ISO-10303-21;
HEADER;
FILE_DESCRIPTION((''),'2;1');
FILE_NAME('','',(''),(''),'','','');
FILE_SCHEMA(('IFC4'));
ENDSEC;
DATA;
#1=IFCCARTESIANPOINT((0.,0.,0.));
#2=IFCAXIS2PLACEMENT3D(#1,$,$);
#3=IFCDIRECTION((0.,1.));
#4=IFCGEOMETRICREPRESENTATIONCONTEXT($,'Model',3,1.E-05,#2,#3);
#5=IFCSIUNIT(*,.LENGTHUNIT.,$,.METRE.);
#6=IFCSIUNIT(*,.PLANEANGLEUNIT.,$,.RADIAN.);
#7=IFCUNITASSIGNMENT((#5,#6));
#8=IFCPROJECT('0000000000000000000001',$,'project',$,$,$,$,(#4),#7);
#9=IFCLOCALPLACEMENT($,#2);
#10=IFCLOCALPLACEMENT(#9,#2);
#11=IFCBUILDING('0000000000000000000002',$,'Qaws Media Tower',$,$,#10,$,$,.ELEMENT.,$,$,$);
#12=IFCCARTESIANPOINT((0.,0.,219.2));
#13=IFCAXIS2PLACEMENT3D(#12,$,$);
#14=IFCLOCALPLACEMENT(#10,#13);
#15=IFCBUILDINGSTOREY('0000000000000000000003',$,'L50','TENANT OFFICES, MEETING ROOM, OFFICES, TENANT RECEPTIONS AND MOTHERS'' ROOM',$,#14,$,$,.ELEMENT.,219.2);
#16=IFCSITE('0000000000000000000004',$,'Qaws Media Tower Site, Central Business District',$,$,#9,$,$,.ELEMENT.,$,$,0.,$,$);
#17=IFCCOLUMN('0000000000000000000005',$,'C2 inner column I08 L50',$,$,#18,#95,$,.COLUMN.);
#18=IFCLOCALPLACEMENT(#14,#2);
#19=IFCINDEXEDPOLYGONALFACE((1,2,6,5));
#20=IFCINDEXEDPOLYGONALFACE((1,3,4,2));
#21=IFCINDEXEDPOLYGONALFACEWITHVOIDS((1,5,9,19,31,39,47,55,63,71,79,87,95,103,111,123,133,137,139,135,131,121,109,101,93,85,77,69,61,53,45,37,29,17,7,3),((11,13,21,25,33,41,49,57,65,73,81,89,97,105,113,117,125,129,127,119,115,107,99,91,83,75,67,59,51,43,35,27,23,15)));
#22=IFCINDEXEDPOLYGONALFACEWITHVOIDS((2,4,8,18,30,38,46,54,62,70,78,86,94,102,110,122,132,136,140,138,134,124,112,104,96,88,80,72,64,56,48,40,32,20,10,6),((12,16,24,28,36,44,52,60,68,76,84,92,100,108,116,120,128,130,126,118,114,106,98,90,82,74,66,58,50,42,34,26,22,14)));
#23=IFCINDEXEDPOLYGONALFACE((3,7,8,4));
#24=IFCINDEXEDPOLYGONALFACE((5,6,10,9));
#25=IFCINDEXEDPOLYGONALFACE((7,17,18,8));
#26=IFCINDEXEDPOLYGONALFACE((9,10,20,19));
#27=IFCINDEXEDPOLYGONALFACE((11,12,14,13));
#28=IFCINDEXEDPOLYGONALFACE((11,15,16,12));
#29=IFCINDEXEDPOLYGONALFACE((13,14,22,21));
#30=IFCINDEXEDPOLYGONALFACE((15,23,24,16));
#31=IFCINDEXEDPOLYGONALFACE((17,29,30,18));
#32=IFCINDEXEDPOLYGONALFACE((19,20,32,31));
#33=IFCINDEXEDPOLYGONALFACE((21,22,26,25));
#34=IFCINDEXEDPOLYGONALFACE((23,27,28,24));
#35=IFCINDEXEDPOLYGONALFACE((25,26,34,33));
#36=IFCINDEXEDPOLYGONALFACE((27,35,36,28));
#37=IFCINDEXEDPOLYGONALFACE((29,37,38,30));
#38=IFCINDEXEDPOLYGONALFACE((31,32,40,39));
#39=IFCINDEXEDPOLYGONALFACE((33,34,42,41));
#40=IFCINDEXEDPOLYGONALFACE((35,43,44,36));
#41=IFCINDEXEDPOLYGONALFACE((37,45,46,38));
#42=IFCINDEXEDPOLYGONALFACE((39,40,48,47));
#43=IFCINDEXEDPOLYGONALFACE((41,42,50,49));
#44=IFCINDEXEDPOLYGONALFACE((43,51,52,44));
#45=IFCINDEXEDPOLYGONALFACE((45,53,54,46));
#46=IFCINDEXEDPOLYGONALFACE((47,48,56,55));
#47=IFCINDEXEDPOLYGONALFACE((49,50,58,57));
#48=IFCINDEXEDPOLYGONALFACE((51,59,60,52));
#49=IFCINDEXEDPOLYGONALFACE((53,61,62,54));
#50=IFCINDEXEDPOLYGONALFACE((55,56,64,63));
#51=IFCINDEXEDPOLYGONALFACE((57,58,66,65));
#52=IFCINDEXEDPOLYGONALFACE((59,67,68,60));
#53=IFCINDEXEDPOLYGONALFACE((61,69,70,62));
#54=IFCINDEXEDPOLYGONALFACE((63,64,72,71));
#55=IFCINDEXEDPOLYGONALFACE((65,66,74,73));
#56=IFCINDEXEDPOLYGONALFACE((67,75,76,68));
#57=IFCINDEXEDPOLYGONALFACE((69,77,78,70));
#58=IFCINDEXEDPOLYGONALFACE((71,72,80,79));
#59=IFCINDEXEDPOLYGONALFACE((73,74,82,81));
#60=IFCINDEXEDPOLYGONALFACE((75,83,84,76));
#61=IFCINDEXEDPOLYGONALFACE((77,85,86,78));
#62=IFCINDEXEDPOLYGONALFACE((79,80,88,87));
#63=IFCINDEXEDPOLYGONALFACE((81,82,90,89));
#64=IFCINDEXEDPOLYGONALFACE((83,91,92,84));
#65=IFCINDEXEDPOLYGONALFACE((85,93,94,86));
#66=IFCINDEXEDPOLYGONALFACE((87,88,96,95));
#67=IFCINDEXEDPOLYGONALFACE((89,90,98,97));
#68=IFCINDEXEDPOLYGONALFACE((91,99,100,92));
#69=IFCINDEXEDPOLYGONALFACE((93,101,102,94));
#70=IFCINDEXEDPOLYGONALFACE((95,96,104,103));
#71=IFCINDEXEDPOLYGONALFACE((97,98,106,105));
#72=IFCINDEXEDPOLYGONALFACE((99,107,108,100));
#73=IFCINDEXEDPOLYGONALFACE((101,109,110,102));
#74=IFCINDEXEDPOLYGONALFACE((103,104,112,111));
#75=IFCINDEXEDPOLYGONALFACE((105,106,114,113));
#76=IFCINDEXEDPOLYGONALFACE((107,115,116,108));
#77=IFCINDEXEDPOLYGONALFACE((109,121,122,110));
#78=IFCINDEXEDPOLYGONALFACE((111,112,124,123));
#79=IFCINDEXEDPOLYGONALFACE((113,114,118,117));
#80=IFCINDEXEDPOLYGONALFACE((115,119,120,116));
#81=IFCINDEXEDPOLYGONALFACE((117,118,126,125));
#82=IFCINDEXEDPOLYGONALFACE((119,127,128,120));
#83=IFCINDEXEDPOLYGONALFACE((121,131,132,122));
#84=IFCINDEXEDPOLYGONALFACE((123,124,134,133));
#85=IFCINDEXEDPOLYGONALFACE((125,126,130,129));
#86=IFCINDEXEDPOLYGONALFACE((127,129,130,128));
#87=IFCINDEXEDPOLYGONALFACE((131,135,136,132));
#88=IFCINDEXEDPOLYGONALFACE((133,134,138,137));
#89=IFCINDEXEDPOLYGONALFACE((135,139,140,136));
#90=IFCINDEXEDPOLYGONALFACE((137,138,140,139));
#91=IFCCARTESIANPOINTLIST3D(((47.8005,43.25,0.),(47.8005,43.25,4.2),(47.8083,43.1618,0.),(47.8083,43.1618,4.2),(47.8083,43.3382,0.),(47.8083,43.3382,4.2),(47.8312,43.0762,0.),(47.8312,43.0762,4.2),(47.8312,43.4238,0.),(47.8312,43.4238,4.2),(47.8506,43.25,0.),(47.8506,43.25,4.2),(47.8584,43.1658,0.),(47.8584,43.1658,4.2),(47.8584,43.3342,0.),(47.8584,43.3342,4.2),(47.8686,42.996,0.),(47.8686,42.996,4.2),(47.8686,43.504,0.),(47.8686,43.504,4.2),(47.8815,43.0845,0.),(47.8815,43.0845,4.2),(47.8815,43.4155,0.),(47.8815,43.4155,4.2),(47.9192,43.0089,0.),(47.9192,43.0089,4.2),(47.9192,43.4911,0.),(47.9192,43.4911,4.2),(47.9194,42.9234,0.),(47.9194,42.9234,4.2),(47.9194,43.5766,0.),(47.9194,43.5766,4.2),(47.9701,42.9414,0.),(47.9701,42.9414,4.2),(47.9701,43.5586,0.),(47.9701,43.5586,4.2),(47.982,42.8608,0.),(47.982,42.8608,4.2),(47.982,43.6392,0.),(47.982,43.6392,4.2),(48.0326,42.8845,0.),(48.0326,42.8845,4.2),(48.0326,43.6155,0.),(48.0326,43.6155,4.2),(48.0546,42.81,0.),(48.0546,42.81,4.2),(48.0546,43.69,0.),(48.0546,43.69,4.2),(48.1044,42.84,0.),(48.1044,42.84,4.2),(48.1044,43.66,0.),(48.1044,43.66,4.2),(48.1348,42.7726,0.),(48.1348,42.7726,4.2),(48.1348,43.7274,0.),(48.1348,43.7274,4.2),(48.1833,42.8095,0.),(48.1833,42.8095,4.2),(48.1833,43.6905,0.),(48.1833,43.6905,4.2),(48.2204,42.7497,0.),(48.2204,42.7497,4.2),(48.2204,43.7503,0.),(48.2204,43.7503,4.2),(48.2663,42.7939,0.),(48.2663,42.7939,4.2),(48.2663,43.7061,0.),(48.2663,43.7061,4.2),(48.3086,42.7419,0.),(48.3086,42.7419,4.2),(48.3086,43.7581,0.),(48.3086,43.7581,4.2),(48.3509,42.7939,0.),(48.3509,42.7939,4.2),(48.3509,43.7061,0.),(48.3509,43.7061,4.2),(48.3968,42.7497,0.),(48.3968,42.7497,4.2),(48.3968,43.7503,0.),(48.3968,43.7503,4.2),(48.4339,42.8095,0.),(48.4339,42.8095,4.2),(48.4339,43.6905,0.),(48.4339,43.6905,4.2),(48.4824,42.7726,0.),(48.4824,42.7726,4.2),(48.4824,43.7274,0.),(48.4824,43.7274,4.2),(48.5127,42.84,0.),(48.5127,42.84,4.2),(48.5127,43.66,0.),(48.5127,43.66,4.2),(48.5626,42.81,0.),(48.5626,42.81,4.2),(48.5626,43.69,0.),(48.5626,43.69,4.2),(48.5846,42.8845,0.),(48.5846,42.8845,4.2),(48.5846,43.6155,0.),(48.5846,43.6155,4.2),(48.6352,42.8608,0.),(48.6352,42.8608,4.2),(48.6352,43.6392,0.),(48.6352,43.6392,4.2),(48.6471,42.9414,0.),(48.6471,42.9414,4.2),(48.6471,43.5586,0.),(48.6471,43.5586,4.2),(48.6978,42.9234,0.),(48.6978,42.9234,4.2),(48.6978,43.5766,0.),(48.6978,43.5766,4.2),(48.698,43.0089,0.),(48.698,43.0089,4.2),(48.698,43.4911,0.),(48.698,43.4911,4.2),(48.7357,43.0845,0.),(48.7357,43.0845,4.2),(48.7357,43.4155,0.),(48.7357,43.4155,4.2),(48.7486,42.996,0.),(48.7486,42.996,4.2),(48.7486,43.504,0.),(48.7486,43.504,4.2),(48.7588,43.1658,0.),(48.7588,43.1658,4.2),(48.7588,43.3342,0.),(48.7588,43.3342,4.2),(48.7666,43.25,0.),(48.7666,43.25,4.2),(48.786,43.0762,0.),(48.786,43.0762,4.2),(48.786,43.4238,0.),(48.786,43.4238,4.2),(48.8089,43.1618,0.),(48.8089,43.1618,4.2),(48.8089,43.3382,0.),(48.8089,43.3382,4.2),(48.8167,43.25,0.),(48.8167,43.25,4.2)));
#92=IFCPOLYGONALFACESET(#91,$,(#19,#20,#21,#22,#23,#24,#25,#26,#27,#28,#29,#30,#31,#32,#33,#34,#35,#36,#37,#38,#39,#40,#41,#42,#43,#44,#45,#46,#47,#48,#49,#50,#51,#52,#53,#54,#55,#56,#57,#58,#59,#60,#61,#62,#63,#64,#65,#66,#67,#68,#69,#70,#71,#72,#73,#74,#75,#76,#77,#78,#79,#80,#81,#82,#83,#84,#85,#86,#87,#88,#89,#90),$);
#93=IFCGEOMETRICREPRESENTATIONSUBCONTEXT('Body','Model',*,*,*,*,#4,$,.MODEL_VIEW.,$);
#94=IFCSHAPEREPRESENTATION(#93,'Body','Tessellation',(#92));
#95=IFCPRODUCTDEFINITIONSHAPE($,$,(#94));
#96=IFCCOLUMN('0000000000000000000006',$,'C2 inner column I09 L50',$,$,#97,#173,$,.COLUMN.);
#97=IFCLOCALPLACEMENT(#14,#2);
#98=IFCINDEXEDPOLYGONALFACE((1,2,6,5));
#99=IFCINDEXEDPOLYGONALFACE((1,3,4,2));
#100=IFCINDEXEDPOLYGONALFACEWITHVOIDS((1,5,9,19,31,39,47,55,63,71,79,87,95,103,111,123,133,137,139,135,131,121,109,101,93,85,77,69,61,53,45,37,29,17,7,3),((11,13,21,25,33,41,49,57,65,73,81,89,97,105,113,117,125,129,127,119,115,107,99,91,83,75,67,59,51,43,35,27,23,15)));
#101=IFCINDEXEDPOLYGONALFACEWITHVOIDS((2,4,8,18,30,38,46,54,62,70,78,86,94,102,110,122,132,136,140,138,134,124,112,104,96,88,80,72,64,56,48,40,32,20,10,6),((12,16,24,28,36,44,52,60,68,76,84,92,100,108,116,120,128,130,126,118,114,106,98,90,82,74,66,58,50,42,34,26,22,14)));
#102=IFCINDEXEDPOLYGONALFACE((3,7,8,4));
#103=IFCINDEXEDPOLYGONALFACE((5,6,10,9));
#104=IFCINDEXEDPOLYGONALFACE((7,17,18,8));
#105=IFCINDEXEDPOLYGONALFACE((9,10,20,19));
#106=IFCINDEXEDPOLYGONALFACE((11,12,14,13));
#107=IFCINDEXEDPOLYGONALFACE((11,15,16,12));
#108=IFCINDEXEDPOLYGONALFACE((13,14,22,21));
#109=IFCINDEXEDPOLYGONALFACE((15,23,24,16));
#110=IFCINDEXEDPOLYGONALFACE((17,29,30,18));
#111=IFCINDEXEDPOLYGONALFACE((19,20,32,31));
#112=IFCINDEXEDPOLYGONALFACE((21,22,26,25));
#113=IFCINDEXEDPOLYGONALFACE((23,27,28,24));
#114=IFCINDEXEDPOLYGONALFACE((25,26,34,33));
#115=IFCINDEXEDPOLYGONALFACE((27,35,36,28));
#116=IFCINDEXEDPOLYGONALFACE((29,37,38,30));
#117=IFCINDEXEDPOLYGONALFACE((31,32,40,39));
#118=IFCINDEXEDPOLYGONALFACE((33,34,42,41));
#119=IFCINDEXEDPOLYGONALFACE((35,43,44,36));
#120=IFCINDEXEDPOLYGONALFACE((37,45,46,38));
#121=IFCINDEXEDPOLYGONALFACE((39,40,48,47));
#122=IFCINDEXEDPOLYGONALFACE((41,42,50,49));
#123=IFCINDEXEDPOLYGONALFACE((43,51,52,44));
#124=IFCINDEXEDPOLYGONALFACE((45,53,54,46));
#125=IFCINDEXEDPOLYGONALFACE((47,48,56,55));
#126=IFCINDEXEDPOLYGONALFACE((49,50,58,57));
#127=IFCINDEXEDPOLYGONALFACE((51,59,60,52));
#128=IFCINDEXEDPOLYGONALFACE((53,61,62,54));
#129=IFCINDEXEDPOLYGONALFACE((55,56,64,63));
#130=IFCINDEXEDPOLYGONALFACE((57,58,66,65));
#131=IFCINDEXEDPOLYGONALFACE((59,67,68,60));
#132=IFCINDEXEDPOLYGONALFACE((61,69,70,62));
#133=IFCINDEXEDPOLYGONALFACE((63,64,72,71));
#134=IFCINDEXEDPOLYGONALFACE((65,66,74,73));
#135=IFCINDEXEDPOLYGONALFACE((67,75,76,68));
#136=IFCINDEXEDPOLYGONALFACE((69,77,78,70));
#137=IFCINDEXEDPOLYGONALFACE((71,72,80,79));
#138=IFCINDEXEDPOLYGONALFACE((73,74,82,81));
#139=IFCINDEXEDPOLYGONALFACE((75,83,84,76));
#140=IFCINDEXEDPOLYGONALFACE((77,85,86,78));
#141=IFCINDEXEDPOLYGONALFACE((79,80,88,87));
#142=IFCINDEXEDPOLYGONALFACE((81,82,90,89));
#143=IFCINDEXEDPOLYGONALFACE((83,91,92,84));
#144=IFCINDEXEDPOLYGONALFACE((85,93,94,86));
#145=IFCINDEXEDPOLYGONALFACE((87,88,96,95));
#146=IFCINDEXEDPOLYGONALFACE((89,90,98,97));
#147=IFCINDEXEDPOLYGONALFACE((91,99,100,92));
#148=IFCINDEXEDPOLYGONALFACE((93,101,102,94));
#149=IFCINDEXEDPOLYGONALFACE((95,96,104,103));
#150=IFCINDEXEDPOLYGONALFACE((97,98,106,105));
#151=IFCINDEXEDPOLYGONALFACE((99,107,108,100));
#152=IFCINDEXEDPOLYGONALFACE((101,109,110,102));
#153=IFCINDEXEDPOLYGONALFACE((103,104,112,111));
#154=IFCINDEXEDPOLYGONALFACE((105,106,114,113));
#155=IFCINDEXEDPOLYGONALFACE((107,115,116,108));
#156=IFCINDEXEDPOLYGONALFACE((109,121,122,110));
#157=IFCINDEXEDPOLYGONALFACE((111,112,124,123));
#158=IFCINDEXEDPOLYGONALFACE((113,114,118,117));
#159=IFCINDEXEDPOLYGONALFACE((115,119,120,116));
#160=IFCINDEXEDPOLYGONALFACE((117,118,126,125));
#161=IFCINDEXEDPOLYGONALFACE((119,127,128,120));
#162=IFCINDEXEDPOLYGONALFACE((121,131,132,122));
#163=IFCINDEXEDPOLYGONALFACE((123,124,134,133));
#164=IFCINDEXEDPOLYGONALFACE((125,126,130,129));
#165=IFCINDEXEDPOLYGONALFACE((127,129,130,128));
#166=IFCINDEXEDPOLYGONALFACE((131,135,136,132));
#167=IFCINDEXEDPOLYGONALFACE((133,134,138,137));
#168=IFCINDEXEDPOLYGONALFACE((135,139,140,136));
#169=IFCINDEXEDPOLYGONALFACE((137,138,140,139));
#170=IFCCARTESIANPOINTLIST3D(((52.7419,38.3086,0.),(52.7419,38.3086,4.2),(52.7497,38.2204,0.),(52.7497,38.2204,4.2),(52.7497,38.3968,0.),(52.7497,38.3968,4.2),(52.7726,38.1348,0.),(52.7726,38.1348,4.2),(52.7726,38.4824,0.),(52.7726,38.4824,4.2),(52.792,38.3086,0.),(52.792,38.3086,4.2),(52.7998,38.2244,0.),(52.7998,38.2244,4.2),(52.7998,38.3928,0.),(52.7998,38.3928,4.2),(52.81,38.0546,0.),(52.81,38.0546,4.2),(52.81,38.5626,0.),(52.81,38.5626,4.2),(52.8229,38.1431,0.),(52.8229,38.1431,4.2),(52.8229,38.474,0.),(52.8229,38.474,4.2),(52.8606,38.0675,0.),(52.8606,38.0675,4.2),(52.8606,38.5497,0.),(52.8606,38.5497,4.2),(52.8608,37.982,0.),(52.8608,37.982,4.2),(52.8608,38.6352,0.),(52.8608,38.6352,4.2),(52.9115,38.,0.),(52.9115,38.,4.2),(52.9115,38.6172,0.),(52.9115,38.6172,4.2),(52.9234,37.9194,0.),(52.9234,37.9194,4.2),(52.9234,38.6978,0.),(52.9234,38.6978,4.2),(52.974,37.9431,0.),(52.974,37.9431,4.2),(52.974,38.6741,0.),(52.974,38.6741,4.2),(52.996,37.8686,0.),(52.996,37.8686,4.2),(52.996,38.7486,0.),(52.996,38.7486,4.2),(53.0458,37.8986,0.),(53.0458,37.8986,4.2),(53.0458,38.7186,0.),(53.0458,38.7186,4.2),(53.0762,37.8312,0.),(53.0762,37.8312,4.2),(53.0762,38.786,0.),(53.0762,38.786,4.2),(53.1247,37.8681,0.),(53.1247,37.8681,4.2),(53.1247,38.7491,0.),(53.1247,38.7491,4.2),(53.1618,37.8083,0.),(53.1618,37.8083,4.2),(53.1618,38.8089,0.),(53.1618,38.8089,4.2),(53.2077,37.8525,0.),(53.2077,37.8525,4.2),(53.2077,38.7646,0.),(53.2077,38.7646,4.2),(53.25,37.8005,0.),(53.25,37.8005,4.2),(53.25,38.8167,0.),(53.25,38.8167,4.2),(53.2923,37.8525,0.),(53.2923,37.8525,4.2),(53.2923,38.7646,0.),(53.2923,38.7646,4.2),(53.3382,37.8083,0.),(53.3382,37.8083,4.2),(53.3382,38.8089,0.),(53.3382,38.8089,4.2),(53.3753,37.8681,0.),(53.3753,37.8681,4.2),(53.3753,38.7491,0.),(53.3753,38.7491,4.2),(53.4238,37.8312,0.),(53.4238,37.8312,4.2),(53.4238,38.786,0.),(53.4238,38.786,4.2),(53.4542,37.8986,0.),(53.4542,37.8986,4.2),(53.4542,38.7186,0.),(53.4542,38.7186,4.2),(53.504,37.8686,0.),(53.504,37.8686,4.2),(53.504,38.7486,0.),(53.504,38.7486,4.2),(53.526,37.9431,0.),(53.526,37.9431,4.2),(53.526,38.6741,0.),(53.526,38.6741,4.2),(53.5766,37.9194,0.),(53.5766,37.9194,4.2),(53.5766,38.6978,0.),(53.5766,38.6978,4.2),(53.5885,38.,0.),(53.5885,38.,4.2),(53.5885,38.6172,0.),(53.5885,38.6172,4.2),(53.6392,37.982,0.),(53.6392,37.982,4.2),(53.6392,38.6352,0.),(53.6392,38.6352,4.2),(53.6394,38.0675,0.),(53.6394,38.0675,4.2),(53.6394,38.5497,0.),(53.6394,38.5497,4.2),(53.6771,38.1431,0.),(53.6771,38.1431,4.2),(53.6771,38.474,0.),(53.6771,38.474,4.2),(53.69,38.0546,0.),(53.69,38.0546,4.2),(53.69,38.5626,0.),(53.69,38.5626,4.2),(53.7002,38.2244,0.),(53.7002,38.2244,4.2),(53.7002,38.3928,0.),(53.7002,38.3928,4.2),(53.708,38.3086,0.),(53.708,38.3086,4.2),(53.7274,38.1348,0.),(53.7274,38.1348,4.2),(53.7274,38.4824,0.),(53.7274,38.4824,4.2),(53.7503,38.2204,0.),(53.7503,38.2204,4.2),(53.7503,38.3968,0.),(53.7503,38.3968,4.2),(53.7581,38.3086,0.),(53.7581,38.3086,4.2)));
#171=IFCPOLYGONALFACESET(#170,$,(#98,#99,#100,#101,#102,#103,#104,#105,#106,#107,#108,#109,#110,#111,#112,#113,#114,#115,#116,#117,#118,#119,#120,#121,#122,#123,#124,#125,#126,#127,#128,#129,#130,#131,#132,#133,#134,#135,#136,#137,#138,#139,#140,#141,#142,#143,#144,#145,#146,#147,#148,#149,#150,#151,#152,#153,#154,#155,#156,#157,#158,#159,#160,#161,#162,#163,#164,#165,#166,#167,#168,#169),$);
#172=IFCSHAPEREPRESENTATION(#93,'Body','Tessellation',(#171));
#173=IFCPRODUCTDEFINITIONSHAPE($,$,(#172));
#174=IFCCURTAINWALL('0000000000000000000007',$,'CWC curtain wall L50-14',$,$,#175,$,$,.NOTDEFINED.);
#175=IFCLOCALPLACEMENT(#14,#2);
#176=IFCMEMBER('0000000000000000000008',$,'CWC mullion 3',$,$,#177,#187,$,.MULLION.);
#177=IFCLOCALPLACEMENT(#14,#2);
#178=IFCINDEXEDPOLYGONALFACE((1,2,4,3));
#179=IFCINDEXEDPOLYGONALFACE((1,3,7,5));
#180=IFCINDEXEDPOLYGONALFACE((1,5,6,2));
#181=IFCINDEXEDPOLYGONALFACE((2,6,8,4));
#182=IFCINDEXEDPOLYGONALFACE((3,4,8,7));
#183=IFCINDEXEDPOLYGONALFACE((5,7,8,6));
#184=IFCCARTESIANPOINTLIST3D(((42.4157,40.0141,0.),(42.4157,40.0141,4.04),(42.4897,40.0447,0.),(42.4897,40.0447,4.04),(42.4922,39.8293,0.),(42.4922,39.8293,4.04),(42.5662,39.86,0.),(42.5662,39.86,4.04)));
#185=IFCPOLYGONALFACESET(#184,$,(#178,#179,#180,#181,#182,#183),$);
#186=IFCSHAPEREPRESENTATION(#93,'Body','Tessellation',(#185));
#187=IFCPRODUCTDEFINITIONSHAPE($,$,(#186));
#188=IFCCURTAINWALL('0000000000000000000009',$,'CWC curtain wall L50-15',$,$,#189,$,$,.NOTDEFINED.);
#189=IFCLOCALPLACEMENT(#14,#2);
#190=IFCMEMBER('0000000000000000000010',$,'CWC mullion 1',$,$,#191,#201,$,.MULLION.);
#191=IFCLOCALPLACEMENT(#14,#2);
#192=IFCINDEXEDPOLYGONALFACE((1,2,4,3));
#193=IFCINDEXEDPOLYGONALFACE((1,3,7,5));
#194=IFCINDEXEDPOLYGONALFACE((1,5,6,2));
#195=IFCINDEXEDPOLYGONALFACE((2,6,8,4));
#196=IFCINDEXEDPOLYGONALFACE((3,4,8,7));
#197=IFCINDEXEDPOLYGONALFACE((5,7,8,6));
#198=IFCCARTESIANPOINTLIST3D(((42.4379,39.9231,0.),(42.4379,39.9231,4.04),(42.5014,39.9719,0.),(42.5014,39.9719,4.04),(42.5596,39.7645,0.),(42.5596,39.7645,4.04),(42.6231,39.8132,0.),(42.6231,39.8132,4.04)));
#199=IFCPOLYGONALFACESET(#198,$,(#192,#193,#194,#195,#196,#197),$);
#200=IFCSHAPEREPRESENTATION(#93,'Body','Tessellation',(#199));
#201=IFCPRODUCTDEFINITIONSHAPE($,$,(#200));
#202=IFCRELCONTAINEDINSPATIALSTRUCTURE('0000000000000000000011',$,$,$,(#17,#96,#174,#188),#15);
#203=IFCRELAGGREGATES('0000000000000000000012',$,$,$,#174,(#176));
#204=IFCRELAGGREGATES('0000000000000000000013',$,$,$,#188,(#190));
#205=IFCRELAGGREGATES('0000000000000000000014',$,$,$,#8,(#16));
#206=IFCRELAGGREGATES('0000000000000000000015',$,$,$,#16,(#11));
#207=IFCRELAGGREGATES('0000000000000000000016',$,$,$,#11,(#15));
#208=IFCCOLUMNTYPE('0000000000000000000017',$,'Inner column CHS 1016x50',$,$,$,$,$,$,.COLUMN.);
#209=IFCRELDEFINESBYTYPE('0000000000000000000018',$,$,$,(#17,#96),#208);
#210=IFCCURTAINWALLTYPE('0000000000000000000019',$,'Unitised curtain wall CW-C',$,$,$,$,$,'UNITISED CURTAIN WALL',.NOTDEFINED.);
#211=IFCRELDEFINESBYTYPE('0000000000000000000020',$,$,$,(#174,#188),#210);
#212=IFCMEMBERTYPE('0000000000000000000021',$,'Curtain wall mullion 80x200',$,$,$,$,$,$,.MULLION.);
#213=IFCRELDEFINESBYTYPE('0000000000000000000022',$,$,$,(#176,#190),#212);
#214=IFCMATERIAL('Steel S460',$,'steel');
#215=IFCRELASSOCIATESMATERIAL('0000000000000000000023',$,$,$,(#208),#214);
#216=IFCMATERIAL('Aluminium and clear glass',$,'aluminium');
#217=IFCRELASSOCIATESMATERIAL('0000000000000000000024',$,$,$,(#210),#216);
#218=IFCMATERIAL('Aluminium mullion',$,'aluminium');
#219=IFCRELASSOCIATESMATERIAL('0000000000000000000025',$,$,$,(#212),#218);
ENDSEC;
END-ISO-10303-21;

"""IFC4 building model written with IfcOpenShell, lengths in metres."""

from ifc_helpers import new_model, si_unit, direction, frame, origin, origin_2d, place, context, subcontext, project, spatial, rectangle, hollow_circle, extrude, material, material_profile, profile_set, type_object, element, aggregate, save


model = new_model("IFC4")

# Units and contexts
model_context = context("Model", 3, precision=1e-05, world=origin(), true_north=direction((0.0, 1.0)))
body_context = subcontext(model_context, "Body", "Model", "MODEL_VIEW")
ifc_project = project(units=[si_unit("LENGTHUNIT", "METRE"), si_unit("PLANEANGLEUNIT", "RADIAN")], contexts=[model_context])

# Site, building, storey
site_placement = place(None, origin())
site = spatial("IfcSite", under=ifc_project, at=site_placement, Name="Qaws Media Tower Site, Central Business District", CompositionType="ELEMENT", RefElevation=0.0)
building_placement = place(site_placement, origin())
building = spatial("IfcBuilding", under=site, at=building_placement, Name="Qaws Media Tower", CompositionType="ELEMENT")
storey_placement = place(building_placement, frame((0.0, 0.0, 219.2)))
storey = spatial("IfcBuildingStorey", under=building, at=storey_placement, Name="L50", Description="TENANT OFFICES, MEETING ROOM, OFFICES, TENANT RECEPTIONS AND MOTHERS' ROOM", CompositionType="ELEMENT", Elevation=219.2)

# Columns
ifc_material_1 = material(Name="Steel S460", Category="steel")
ifc_material_profile_1 = material_profile(ifc_material_1, hollow_circle(Radius=0.5081, WallThickness=0.05, at=origin_2d()), Name="CHS 1016x50")
ifc_profile_set_1 = profile_set([ifc_material_profile_1], Name="Steel S460")
column_type = type_object("IfcColumnType", Name="Inner column CHS 1016x50", PredefinedType="COLUMN", material=ifc_profile_set_1)
for number, where, z_axis, x_axis, name in (
    (1, (48.3086, 43.25, 0.0), (0.0, 0.0, 1.0), (1.0, 0.0, 0.0), "C2 inner column I08 L50"),
    (2, (53.25, 38.3086, 0.0), (0.0, 0.0, 1.0), (1.0, 0.0, 0.0), "C2 inner column I09 L50"),
):
    element("IfcColumn", number, at=place(storey_placement, frame(where, z_axis=z_axis, x_axis=x_axis)), inside=storey, type_object=column_type, Name=name, PredefinedType="COLUMN", context=body_context, shape_type="SweptSolid", body=[
        extrude(hollow_circle(Radius=0.5081, WallThickness=0.05, at=origin_2d()), origin(), (0.0, 0.0, 1.0), 4.2),
    ])

# Curtain wall, member
ifc_material_2 = material(Name="Aluminium and clear glass", Category="aluminium")
curtain_wall_type = type_object("IfcCurtainWallType", Name="Unitised curtain wall CW-C", ElementType="UNITISED CURTAIN WALL", PredefinedType="NOTDEFINED", material=ifc_material_2)
curtain_wall_1_placement = place(storey_placement, origin())
curtain_wall_1 = element("IfcCurtainWall", 3, at=curtain_wall_1_placement, inside=storey, type_object=curtain_wall_type, Name="CWC curtain wall L50-14", PredefinedType="NOTDEFINED")
ifc_material_3 = material(Name="Aluminium mullion", Category="aluminium")
ifc_material_profile_2 = material_profile(ifc_material_3, rectangle(XDim=0.0801, YDim=0.2, at=origin_2d()), Name="80x200")
ifc_profile_set_2 = profile_set([ifc_material_profile_2], Name="Aluminium mullion")
member_type_1 = type_object("IfcMemberType", Name="Curtain wall mullion 80x200", PredefinedType="MULLION", material=ifc_profile_set_2)
member_1_placement = place(storey_placement, frame((42.491, 39.937, 0.0), z_axis=(0.0, 0.0, 1.0), x_axis=(0.923879, 0.382684, 0.0)))
member_1 = element("IfcMember", 4, at=member_1_placement, type_object=member_type_1, Name="CWC mullion 3", PredefinedType="MULLION", context=body_context, shape_type="SweptSolid", body=[
    extrude(rectangle(XDim=0.0801, YDim=0.2, at=origin_2d()), origin(), (0.0, 0.0, 1.0), 4.04),
])
aggregate(curtain_wall_1, [member_1])

# Curtain wall, member
curtain_wall_2_placement = place(storey_placement, origin())
curtain_wall_2 = element("IfcCurtainWall", 5, at=curtain_wall_2_placement, inside=storey, type_object=curtain_wall_type, Name="CWC curtain wall L50-15", PredefinedType="NOTDEFINED")
member_2_placement = place(storey_placement, frame((42.5305, 39.8682, 0.0), z_axis=(0.0, 0.0, 1.0), x_axis=(0.793353, 0.608761, 0.0)))
member_2 = element("IfcMember", 6, at=member_2_placement, type_object=member_type_1, Name="CWC mullion 1", PredefinedType="MULLION", context=body_context, shape_type="SweptSolid", body=[
    extrude(rectangle(XDim=0.0801, YDim=0.2, at=origin_2d()), origin(), (0.0, 0.0, 1.0), 4.04),
])

aggregate(curtain_wall_2, [member_2])

save(model, "model.ifc")
